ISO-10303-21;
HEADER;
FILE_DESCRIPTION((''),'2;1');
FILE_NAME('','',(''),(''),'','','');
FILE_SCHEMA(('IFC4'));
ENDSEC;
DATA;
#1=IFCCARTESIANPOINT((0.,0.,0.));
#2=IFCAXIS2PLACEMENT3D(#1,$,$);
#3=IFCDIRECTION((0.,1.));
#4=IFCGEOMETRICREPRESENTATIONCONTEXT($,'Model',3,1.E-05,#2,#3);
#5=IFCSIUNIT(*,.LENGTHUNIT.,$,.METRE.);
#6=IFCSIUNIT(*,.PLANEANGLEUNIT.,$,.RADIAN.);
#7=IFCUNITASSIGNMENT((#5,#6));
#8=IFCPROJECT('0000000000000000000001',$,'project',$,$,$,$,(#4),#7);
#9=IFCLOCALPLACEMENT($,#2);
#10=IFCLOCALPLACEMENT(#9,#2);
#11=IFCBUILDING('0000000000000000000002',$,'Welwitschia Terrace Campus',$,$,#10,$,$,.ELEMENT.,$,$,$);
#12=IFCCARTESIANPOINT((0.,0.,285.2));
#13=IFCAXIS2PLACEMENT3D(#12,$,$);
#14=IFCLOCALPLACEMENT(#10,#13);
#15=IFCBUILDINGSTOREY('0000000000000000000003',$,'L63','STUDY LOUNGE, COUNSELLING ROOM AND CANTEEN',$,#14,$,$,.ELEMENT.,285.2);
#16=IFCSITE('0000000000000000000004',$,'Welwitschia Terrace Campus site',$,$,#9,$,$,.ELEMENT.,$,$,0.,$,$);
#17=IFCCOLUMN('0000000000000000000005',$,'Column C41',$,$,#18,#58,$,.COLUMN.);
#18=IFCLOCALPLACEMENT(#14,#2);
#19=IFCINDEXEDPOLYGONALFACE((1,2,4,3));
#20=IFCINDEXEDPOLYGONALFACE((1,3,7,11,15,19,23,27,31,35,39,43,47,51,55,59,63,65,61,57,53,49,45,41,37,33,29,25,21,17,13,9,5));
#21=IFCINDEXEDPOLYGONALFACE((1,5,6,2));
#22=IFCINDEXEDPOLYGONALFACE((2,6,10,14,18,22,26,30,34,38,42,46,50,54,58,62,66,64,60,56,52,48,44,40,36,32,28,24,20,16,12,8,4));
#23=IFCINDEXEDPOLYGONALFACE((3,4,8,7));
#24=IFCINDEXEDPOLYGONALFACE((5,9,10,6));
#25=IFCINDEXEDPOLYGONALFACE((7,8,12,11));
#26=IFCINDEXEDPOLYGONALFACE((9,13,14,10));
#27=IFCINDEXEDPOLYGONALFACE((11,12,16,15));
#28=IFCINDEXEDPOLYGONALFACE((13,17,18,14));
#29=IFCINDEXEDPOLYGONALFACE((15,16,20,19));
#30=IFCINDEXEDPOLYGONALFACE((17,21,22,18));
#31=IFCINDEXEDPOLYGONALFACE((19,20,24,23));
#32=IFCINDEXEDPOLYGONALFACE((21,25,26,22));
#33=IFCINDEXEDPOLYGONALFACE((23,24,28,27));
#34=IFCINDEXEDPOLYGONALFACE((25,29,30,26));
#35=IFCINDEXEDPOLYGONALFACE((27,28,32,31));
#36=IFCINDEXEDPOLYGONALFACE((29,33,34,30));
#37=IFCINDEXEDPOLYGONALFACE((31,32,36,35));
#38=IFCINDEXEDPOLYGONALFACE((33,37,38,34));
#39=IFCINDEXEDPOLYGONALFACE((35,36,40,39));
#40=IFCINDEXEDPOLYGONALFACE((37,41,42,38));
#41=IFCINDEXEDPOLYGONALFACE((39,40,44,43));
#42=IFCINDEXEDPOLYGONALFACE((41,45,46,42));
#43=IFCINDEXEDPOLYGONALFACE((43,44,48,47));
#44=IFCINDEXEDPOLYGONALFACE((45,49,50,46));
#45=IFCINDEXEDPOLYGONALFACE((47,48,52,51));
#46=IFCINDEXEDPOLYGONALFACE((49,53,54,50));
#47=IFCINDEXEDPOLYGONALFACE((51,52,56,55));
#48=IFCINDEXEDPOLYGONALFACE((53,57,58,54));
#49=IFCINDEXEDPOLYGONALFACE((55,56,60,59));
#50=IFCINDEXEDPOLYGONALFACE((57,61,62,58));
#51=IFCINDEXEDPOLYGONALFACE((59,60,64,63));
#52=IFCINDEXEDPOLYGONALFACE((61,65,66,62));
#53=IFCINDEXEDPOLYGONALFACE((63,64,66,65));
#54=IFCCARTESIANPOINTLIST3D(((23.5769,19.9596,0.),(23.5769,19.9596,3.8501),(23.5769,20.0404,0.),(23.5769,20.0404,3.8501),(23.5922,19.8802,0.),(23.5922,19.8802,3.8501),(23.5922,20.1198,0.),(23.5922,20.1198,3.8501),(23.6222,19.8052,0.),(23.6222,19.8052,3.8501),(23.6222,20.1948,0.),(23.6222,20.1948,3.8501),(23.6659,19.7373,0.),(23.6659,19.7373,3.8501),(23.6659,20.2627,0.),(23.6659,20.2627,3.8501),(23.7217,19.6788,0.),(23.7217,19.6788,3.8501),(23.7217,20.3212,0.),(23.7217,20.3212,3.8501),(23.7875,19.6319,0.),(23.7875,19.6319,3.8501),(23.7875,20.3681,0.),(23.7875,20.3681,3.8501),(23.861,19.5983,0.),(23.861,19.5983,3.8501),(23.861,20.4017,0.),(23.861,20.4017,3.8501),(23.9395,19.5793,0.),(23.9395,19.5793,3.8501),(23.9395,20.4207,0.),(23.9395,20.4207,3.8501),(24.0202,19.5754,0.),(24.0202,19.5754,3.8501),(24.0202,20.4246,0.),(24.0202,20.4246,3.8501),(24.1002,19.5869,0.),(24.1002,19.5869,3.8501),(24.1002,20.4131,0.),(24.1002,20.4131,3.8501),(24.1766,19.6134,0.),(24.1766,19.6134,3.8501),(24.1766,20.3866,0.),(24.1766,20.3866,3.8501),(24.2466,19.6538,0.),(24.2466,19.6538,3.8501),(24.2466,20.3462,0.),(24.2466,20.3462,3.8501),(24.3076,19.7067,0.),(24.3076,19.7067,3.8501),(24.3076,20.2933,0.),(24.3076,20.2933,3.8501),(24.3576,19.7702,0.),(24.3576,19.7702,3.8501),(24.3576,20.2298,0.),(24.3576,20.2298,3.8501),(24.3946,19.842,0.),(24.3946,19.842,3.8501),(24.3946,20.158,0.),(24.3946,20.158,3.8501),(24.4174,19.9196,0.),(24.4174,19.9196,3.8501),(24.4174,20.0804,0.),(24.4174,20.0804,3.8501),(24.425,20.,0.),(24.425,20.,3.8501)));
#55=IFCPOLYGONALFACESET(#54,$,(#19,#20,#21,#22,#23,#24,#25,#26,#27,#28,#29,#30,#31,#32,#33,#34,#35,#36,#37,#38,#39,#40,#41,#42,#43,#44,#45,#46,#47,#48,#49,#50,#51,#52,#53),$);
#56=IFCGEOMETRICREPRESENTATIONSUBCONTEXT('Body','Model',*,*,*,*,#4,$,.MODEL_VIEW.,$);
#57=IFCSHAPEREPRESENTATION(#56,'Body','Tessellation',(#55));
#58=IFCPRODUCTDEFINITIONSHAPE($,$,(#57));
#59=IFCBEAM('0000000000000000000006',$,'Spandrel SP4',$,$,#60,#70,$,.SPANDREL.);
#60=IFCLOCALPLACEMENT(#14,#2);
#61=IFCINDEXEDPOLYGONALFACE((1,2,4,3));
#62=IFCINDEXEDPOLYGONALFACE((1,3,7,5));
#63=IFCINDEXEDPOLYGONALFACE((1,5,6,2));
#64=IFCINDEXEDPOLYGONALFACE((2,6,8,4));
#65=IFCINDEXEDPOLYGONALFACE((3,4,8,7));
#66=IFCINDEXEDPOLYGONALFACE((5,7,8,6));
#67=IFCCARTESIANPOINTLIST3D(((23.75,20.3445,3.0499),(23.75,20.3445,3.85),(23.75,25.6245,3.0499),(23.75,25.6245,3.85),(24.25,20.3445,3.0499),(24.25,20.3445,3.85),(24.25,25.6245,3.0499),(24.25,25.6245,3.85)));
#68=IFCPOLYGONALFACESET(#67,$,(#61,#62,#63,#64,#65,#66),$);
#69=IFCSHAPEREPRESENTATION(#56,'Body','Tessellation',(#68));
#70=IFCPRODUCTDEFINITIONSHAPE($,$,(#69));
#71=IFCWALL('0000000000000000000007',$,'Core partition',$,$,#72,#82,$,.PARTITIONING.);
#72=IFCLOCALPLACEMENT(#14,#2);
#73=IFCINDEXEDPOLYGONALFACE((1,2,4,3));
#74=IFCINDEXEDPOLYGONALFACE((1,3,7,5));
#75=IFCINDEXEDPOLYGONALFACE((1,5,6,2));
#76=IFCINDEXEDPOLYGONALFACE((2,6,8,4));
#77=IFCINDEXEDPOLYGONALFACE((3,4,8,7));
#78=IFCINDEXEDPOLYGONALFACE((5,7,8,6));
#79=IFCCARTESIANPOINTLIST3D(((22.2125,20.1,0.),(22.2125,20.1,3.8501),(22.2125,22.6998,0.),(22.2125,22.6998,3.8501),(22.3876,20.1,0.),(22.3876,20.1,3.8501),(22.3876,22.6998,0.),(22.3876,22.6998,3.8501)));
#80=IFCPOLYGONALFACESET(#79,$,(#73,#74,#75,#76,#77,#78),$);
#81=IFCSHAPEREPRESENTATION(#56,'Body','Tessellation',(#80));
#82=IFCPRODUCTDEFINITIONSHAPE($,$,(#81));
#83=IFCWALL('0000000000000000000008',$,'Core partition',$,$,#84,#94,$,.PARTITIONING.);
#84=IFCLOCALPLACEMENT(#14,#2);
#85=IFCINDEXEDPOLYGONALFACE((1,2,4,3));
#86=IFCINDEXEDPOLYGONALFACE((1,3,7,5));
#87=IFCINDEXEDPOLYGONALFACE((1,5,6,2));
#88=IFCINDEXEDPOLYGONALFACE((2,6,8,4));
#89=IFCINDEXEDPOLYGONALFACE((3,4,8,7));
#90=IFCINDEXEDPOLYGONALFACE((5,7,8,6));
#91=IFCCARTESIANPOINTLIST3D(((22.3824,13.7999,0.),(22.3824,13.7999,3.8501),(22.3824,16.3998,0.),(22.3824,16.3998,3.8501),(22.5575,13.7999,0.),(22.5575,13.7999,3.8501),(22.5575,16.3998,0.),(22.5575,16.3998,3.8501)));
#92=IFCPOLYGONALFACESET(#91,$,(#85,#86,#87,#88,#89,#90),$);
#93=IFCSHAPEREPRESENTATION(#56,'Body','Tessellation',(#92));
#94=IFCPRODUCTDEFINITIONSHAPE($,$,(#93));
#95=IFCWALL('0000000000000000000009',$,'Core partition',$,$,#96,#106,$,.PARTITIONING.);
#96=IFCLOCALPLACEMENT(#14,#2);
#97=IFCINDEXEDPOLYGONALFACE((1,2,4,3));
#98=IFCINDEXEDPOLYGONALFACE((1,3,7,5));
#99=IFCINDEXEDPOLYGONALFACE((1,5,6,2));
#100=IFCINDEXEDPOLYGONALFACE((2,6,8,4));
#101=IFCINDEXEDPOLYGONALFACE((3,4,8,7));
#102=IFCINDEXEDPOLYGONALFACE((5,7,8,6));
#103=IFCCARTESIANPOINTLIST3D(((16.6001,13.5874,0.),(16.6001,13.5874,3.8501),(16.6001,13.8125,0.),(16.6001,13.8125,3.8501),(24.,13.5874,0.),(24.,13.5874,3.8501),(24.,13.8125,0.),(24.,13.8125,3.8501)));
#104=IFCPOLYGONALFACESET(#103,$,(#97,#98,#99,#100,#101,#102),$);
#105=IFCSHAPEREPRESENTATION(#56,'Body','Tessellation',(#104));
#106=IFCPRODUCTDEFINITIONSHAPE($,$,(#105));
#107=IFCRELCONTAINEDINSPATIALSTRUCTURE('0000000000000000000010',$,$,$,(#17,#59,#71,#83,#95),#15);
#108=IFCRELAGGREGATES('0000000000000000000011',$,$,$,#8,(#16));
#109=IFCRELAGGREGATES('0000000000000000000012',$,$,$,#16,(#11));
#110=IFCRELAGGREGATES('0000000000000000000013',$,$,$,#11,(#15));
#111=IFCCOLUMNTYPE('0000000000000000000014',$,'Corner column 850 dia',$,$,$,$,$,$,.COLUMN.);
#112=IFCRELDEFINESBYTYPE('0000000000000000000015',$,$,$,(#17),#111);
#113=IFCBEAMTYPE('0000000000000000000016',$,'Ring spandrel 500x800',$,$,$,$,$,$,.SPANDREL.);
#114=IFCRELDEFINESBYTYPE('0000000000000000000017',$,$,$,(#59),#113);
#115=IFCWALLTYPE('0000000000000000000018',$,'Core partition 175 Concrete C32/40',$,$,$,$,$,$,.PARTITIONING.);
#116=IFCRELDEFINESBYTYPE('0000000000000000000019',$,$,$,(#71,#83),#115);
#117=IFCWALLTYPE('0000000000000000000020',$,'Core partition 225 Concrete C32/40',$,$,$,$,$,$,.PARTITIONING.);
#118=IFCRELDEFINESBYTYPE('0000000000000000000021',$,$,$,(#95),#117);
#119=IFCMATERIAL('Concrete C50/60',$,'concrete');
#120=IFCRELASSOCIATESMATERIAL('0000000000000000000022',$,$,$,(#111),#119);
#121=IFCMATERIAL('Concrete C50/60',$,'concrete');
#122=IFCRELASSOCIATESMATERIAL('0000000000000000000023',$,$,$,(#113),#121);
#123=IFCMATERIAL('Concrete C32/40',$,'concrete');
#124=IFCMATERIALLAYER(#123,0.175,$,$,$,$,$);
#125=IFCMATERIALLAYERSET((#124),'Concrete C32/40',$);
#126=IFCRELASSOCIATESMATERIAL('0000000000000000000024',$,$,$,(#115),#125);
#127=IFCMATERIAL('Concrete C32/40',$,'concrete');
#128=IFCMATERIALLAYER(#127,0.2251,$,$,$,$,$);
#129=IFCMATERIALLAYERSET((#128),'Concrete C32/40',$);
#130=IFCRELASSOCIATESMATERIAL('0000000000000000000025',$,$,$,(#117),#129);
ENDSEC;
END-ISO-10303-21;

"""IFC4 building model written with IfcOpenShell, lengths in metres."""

from ifc_helpers import new_model, si_unit, direction, frame, frame_2d, origin, origin_2d, place, context, subcontext, project, spatial, rectangle, circle, extrude, material, layer, layer_set, material_profile, profile_set, type_object, element, save


model = new_model("IFC4")

# Units and contexts
model_context = context("Model", 3, precision=1e-05, world=origin(), true_north=direction((0.0, 1.0)))
body_context = subcontext(model_context, "Body", "Model", "MODEL_VIEW")
ifc_project = project(units=[si_unit("LENGTHUNIT", "METRE"), si_unit("PLANEANGLEUNIT", "RADIAN")], contexts=[model_context])

# Site, building, storey
site_placement = place(None, origin())
site = spatial("IfcSite", under=ifc_project, at=site_placement, Name="Welwitschia Terrace Campus site", CompositionType="ELEMENT", RefElevation=0.0)
building_placement = place(site_placement, origin())
building = spatial("IfcBuilding", under=site, at=building_placement, Name="Welwitschia Terrace Campus", CompositionType="ELEMENT")
storey_placement = place(building_placement, frame((0.0, 0.0, 285.2)))
storey = spatial("IfcBuildingStorey", under=building, at=storey_placement, Name="L63", Description="STUDY LOUNGE, COUNSELLING ROOM AND CANTEEN", CompositionType="ELEMENT", Elevation=285.2)

# Column
ifc_material_1 = material(Name="Concrete C50/60", Category="concrete")
ifc_material_profile_1 = material_profile(ifc_material_1, circle(Radius=0.425, at=origin_2d()))
ifc_profile_set_1 = profile_set([ifc_material_profile_1], Name="Concrete C50/60")
column_type = type_object("IfcColumnType", Name="Corner column 850 dia", PredefinedType="COLUMN", material=ifc_profile_set_1)
column_placement = place(storey_placement, frame((24.0, 20.0, 0.0), z_axis=(0.0, 0.0, 1.0), x_axis=(1.0, 0.0, 0.0)))
element("IfcColumn", 1, at=column_placement, inside=storey, type_object=column_type, Name="Column C41", PredefinedType="COLUMN", context=body_context, shape_type="SweptSolid", body=[
    extrude(circle(Radius=0.425, at=origin_2d()), origin(), (0.0, 0.0, 1.0), 3.8501),
])

# Beam
ifc_material_2 = material(Name="Concrete C50/60", Category="concrete")
ifc_material_profile_2 = material_profile(ifc_material_2, rectangle(XDim=0.5, YDim=0.8, at=origin_2d()))
ifc_profile_set_2 = profile_set([ifc_material_profile_2], Name="Concrete C50/60")
beam_type = type_object("IfcBeamType", Name="Ring spandrel 500x800", PredefinedType="SPANDREL", material=ifc_profile_set_2)
beam_placement = place(storey_placement, frame((24.0, 20.3445, 3.45), z_axis=(0.0, 1.0, 0.0), x_axis=(-1.0, 0.0, 0.0)))
element("IfcBeam", 2, at=beam_placement, inside=storey, type_object=beam_type, Name="Spandrel SP4", PredefinedType="SPANDREL", context=body_context, shape_type="SweptSolid", body=[
    extrude(rectangle(XDim=0.5, YDim=0.8, at=origin_2d()), origin(), (0.0, 0.0, 1.0), 5.28),
])

# Walls
ifc_material_3 = material(Name="Concrete C32/40", Category="concrete")
ifc_layer_1 = layer(ifc_material_3, 0.175)
ifc_layer_set_1 = layer_set([ifc_layer_1], Name="Concrete C32/40")
wall_type_1 = type_object("IfcWallType", Name="Core partition 175 Concrete C32/40", PredefinedType="PARTITIONING", material=ifc_layer_set_1)
for number, where, z_axis, x_axis, name in (
    (3, (22.3, 20.1001, 0.0), (0.0, 0.0, 1.0), (0.0, 1.0, 0.0), "Core partition"),
    (4, (22.47, 13.8, 0.0), (0.0, 0.0, 1.0), (0.0, 1.0, 0.0), "Core partition"),
):
    element("IfcWall", number, at=place(storey_placement, frame(where, z_axis=z_axis, x_axis=x_axis)), inside=storey, type_object=wall_type_1, Name=name, PredefinedType="PARTITIONING", context=body_context, shape_type="SweptSolid", body=[
        extrude(rectangle(XDim=2.5999, YDim=0.175, at=frame_2d((1.2998, 0.0))), origin(), (0.0, 0.0, 1.0), 3.8501),
    ])
ifc_material_4 = material(Name="Concrete C32/40", Category="concrete")
ifc_layer_2 = layer(ifc_material_4, 0.2251)
ifc_layer_set_2 = layer_set([ifc_layer_2], Name="Concrete C32/40")
wall_type_2 = type_object("IfcWallType", Name="Core partition 225 Concrete C32/40", PredefinedType="PARTITIONING", material=ifc_layer_set_2)
wall_1_placement = place(storey_placement, frame((16.6001, 13.7, 0.0), z_axis=(0.0, 0.0, 1.0), x_axis=(1.0, 0.0, 0.0)))
element("IfcWall", 5, at=wall_1_placement, inside=storey, type_object=wall_type_2, Name="Core partition", PredefinedType="PARTITIONING", context=body_context, shape_type="SweptSolid", body=[
    extrude(rectangle(XDim=7.3999, YDim=0.2251, at=frame_2d((3.7, 0.0))), origin(), (0.0, 0.0, 1.0), 3.8501),
])

save(model, "model.ifc")
